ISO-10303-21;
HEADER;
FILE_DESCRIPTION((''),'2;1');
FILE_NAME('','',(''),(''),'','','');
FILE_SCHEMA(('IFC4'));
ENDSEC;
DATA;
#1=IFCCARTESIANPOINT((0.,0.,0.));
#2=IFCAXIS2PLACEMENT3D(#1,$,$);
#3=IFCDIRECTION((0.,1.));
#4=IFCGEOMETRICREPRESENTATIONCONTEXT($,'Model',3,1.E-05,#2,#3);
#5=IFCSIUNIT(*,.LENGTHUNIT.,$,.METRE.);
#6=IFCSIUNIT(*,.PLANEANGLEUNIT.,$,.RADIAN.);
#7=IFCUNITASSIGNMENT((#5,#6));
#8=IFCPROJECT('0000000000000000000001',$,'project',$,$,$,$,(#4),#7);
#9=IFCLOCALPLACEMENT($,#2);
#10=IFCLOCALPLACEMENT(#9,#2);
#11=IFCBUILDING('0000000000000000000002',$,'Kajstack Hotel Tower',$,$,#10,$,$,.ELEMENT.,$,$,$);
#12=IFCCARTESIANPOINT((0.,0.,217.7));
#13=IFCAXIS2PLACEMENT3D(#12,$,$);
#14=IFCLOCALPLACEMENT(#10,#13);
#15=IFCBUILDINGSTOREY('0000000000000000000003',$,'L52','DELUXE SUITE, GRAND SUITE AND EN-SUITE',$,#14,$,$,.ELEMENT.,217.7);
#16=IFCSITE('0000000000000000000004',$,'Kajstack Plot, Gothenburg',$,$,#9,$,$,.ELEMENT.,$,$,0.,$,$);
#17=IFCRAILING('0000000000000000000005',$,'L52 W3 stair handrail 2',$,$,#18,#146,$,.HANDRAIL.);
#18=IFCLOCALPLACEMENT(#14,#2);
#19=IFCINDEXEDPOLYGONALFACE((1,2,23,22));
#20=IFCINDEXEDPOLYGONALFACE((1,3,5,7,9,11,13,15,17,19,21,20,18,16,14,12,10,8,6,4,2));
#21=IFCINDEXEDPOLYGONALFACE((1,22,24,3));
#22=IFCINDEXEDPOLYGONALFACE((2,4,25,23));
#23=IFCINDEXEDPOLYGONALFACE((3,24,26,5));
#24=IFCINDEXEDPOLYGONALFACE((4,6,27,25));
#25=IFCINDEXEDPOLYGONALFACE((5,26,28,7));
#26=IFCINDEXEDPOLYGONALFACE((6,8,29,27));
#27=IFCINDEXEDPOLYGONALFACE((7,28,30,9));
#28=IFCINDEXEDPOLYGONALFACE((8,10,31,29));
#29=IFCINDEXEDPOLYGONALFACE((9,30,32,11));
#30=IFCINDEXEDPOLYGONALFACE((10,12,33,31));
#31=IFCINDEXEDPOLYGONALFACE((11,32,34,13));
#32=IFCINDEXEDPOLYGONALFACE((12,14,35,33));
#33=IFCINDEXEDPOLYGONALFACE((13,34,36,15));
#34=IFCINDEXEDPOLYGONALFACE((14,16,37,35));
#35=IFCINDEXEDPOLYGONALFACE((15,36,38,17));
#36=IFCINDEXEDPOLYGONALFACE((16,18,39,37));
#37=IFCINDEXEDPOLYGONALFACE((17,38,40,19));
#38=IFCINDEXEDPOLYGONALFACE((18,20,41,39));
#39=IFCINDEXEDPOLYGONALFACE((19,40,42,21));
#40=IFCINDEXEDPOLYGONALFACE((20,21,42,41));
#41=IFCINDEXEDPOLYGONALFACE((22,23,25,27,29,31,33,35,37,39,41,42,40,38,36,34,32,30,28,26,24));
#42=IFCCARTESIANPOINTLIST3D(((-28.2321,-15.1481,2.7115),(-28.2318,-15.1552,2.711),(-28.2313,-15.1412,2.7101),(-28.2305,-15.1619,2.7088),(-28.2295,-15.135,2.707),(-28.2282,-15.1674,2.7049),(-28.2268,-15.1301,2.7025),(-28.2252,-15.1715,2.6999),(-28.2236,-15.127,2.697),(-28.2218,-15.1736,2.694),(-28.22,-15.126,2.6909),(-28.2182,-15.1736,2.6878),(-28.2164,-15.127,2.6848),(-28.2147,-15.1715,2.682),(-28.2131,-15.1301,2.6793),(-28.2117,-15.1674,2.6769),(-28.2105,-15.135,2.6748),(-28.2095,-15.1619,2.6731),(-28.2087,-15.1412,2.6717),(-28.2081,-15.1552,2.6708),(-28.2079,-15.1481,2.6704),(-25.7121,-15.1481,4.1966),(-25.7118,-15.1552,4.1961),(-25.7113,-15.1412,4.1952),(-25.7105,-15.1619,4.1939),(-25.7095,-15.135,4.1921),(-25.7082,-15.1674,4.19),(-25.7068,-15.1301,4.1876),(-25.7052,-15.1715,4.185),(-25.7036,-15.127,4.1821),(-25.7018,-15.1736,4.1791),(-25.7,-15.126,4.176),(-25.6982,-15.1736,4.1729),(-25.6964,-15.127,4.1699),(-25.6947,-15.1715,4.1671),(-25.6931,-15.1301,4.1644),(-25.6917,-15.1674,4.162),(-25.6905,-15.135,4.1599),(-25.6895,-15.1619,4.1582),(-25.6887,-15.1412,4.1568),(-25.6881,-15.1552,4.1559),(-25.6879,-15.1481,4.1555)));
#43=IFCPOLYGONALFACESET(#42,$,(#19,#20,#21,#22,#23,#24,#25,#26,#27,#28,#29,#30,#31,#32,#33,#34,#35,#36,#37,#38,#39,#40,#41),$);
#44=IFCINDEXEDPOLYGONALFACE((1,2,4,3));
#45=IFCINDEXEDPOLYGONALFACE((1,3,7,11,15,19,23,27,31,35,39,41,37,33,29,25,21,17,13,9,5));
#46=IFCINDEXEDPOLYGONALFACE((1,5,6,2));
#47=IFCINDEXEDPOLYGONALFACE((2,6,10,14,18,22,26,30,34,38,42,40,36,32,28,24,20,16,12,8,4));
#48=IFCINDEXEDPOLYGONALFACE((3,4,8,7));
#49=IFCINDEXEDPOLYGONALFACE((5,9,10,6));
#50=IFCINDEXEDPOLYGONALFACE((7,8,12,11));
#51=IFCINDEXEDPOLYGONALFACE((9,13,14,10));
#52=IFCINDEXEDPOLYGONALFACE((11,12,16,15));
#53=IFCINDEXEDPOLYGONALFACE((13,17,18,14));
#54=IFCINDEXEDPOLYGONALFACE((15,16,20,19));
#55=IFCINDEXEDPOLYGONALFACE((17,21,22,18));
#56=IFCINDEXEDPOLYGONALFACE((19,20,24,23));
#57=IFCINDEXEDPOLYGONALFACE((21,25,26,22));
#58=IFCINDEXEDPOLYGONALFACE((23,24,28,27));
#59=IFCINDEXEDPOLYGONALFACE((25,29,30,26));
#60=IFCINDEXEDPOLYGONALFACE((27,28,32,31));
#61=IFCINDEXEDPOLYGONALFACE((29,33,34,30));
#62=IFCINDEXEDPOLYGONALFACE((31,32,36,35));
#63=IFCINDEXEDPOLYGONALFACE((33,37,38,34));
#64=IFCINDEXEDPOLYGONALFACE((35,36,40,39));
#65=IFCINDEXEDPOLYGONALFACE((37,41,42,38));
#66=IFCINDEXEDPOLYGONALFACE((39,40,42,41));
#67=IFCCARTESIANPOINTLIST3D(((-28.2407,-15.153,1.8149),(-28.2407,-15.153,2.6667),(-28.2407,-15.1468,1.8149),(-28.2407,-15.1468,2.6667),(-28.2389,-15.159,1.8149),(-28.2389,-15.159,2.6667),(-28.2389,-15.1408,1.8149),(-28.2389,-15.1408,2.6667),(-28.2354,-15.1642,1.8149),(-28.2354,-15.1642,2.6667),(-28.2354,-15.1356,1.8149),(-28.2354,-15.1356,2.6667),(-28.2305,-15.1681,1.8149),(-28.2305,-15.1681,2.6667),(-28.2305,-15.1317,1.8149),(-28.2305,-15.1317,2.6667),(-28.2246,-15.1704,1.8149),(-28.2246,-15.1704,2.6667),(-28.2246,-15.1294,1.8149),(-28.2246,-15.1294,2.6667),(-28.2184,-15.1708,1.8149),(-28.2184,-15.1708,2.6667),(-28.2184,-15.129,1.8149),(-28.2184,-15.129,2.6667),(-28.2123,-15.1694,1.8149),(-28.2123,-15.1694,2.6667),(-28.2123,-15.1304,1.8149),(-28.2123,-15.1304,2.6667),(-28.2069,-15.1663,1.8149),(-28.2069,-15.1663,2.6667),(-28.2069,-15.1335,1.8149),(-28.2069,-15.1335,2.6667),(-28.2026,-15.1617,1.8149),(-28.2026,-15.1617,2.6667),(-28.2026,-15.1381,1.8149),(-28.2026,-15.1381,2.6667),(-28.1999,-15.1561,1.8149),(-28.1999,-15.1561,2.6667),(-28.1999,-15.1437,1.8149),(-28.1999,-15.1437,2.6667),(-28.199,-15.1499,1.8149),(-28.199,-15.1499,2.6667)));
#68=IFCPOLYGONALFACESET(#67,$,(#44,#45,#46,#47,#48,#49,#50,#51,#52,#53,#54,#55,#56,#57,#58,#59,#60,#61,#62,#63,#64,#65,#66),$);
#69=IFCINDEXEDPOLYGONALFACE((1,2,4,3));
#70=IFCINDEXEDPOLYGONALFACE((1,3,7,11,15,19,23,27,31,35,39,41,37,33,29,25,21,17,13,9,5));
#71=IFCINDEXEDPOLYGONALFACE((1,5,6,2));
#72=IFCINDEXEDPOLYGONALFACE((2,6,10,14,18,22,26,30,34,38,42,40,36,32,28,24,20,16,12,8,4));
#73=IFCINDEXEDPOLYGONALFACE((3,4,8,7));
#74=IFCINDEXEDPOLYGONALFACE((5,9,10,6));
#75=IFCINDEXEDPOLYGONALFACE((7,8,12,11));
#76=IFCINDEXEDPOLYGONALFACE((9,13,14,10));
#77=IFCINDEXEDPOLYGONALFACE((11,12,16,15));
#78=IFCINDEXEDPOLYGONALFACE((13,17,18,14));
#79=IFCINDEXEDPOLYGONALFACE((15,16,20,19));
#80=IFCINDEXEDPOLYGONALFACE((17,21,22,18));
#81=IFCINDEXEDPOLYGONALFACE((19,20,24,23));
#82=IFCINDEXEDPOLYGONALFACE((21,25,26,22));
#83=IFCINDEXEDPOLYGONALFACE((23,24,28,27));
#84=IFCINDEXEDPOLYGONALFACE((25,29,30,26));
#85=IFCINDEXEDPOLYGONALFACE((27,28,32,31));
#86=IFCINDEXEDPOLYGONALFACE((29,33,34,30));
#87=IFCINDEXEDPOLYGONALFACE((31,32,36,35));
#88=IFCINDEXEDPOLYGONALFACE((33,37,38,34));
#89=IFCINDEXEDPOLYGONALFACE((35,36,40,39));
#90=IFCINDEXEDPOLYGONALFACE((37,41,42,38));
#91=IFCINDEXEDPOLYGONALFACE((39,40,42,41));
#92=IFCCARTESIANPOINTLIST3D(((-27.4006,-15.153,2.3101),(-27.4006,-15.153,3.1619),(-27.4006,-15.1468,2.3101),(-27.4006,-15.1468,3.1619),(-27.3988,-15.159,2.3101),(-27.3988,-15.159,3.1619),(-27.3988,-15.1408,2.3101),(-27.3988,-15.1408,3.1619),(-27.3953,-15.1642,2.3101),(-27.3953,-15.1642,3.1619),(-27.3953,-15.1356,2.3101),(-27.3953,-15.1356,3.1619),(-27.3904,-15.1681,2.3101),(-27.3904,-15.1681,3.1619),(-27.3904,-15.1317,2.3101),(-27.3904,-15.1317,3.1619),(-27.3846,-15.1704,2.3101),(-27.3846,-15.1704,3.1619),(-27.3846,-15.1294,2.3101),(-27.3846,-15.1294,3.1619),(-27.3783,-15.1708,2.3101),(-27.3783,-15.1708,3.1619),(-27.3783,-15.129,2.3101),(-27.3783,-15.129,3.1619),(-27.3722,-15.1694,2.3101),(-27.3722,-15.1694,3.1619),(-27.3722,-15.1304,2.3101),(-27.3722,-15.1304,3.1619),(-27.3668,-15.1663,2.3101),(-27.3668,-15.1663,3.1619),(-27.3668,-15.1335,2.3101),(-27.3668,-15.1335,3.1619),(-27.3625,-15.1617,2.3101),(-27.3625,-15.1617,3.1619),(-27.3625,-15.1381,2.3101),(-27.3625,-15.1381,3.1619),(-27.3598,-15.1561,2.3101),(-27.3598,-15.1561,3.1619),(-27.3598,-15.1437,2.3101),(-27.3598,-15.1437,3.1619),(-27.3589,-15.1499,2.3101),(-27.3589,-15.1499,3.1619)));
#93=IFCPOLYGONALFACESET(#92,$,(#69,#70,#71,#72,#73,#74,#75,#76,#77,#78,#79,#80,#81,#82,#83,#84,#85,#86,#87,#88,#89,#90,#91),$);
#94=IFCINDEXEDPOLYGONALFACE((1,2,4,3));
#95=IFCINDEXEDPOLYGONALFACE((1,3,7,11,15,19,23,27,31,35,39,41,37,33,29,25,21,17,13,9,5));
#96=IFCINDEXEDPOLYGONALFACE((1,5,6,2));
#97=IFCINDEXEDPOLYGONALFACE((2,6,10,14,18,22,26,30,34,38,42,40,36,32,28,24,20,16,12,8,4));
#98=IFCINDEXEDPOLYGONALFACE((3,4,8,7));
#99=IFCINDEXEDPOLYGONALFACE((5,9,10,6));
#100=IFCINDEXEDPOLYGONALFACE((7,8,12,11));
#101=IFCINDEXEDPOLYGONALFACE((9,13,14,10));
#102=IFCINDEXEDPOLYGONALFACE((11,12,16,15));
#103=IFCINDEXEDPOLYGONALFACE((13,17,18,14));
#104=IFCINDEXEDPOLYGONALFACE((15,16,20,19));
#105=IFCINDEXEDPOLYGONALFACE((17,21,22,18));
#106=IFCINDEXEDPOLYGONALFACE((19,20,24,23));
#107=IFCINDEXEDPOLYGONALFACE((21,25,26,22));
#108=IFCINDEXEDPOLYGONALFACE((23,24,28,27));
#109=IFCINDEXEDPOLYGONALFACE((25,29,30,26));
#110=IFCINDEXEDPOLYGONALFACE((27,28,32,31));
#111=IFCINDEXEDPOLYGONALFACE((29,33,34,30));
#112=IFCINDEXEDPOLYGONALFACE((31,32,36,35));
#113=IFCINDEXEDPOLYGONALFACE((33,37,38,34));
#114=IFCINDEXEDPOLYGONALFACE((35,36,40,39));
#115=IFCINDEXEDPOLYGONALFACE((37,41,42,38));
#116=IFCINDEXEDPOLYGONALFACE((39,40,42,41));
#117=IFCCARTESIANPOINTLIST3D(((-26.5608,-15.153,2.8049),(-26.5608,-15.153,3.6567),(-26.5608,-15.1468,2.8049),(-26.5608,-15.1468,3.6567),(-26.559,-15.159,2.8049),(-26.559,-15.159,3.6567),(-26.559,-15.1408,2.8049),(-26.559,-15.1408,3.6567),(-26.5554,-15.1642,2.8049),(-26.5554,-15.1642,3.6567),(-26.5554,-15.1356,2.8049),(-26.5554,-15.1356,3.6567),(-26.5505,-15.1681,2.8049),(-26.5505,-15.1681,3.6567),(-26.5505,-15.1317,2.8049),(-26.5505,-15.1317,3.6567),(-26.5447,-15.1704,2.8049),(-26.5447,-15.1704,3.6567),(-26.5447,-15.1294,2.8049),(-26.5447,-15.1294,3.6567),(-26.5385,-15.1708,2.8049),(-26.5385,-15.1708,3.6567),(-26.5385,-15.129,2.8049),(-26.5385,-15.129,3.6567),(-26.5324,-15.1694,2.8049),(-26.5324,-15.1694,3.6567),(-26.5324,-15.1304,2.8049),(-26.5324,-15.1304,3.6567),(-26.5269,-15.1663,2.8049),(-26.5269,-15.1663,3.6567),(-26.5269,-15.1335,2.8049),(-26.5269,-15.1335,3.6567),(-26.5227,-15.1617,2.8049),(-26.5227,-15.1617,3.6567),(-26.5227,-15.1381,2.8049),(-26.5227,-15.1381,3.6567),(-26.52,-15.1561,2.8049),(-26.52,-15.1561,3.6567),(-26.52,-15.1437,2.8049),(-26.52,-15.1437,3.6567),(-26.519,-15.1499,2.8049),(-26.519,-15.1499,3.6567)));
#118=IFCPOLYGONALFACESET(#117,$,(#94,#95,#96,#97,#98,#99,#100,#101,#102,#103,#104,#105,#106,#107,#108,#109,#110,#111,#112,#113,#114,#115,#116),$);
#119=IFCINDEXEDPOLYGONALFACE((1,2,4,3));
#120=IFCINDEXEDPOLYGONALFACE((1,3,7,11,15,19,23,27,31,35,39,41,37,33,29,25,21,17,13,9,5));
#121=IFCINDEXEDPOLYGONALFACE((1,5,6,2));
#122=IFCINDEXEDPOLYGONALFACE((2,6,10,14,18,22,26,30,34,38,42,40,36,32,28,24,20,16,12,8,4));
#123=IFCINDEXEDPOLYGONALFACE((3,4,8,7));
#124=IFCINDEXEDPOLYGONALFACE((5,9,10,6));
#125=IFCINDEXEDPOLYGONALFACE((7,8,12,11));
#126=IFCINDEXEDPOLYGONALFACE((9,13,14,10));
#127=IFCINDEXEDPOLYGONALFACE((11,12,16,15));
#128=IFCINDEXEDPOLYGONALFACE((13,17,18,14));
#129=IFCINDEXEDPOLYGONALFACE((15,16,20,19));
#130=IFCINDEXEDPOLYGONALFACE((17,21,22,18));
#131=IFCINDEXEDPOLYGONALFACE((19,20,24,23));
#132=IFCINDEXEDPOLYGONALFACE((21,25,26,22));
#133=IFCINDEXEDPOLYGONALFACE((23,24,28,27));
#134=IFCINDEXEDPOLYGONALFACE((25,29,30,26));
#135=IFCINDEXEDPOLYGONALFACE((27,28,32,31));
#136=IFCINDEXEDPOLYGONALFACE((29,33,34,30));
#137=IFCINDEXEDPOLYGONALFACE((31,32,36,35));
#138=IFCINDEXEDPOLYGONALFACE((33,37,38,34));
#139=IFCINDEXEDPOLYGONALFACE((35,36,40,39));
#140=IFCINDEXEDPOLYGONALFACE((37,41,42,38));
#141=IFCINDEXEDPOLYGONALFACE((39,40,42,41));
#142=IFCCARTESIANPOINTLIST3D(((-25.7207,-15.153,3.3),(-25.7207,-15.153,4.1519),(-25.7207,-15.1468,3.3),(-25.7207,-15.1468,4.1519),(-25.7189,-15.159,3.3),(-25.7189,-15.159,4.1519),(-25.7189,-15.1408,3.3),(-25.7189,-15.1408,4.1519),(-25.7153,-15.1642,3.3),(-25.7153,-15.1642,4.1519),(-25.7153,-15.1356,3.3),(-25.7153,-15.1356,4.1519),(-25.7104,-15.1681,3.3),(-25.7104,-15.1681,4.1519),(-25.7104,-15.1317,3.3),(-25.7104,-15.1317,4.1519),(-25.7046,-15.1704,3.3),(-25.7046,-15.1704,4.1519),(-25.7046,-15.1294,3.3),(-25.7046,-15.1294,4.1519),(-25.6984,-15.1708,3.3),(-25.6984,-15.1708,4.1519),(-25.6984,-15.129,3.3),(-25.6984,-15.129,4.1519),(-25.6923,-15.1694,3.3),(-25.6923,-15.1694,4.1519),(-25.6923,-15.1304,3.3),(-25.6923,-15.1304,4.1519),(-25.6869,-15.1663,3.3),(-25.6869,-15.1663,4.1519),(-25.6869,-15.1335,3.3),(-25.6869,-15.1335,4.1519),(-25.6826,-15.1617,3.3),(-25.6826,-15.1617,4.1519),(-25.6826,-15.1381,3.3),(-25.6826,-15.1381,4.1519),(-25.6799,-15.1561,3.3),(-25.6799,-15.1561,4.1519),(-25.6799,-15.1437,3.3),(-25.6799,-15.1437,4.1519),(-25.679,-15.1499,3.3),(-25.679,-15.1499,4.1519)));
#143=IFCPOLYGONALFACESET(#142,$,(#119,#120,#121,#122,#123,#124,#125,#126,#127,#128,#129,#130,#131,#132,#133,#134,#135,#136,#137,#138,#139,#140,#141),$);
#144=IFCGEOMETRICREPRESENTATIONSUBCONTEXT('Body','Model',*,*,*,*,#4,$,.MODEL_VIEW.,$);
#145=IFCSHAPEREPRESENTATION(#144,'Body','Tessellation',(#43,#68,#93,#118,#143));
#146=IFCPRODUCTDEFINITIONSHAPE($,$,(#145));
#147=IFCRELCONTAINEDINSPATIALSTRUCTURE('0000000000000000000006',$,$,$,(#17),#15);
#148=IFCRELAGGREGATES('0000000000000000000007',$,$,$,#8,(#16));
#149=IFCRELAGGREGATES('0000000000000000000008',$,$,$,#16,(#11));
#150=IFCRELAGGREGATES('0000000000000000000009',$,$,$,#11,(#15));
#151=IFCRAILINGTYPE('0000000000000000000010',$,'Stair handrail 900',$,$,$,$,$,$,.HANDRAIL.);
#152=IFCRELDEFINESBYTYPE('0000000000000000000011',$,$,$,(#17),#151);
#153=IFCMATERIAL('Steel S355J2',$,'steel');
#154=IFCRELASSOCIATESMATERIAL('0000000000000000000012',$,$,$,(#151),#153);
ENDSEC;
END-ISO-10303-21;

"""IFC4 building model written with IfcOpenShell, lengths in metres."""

from ifc_helpers import new_model, si_unit, direction, frame, origin, origin_2d, place, context, subcontext, project, spatial, circle, extrude, material, type_object, element, save


model = new_model("IFC4")

# Units and contexts
model_context = context("Model", 3, precision=1e-05, world=origin(), true_north=direction((0.0, 1.0)))
body_context = subcontext(model_context, "Body", "Model", "MODEL_VIEW")
ifc_project = project(units=[si_unit("LENGTHUNIT", "METRE"), si_unit("PLANEANGLEUNIT", "RADIAN")], contexts=[model_context])

# Site, building, storey
site_placement = place(None, origin())
site = spatial("IfcSite", under=ifc_project, at=site_placement, Name="Kajstack Plot, Gothenburg", CompositionType="ELEMENT", RefElevation=0.0)
building_placement = place(site_placement, origin())
building = spatial("IfcBuilding", under=site, at=building_placement, Name="Kajstack Hotel Tower", CompositionType="ELEMENT")
storey_placement = place(building_placement, frame((0.0, 0.0, 217.7)))
storey = spatial("IfcBuildingStorey", under=building, at=storey_placement, Name="L52", Description="DELUXE SUITE, GRAND SUITE AND EN-SUITE", CompositionType="ELEMENT", Elevation=217.7)

# Railing
ifc_material_1 = material(Name="Steel S355J2", Category="steel")
railing_type_1 = type_object("IfcRailingType", Name="Stair handrail 900", PredefinedType="HANDRAIL", material=ifc_material_1)
railing_1_placement = place(storey_placement, frame((-28.22, -15.1499, 1.8149)))
element("IfcRailing", 1, at=railing_1_placement, inside=storey, type_object=railing_type_1, Name="L52 W3 stair handrail 2", PredefinedType="HANDRAIL", context=body_context, shape_type="SweptSolid", body=[
    extrude(circle(Radius=0.0239, at=origin_2d()), frame((0.0, 0.0, 0.876), z_axis=(0.861524, 0.0, 0.507717), x_axis=(0.0, 1.0, 0.0)), (0.0, 0.0, 1.0), 2.925),
    extrude(circle(Radius=0.021, at=origin_2d()), origin(), (0.0, 0.0, 1.0), 0.8518),
    extrude(circle(Radius=0.021, at=origin_2d()), frame((0.8401, 0.0, 0.4951)), (0.0, 0.0, 1.0), 0.8518),
    extrude(circle(Radius=0.021, at=origin_2d()), frame((1.6799, 0.0, 0.99)), (0.0, 0.0, 1.0), 0.8518),
    extrude(circle(Radius=0.021, at=origin_2d()), frame((2.52, 0.0, 1.4851)), (0.0, 0.0, 1.0), 0.8518),
])

save(model, "model.ifc")
